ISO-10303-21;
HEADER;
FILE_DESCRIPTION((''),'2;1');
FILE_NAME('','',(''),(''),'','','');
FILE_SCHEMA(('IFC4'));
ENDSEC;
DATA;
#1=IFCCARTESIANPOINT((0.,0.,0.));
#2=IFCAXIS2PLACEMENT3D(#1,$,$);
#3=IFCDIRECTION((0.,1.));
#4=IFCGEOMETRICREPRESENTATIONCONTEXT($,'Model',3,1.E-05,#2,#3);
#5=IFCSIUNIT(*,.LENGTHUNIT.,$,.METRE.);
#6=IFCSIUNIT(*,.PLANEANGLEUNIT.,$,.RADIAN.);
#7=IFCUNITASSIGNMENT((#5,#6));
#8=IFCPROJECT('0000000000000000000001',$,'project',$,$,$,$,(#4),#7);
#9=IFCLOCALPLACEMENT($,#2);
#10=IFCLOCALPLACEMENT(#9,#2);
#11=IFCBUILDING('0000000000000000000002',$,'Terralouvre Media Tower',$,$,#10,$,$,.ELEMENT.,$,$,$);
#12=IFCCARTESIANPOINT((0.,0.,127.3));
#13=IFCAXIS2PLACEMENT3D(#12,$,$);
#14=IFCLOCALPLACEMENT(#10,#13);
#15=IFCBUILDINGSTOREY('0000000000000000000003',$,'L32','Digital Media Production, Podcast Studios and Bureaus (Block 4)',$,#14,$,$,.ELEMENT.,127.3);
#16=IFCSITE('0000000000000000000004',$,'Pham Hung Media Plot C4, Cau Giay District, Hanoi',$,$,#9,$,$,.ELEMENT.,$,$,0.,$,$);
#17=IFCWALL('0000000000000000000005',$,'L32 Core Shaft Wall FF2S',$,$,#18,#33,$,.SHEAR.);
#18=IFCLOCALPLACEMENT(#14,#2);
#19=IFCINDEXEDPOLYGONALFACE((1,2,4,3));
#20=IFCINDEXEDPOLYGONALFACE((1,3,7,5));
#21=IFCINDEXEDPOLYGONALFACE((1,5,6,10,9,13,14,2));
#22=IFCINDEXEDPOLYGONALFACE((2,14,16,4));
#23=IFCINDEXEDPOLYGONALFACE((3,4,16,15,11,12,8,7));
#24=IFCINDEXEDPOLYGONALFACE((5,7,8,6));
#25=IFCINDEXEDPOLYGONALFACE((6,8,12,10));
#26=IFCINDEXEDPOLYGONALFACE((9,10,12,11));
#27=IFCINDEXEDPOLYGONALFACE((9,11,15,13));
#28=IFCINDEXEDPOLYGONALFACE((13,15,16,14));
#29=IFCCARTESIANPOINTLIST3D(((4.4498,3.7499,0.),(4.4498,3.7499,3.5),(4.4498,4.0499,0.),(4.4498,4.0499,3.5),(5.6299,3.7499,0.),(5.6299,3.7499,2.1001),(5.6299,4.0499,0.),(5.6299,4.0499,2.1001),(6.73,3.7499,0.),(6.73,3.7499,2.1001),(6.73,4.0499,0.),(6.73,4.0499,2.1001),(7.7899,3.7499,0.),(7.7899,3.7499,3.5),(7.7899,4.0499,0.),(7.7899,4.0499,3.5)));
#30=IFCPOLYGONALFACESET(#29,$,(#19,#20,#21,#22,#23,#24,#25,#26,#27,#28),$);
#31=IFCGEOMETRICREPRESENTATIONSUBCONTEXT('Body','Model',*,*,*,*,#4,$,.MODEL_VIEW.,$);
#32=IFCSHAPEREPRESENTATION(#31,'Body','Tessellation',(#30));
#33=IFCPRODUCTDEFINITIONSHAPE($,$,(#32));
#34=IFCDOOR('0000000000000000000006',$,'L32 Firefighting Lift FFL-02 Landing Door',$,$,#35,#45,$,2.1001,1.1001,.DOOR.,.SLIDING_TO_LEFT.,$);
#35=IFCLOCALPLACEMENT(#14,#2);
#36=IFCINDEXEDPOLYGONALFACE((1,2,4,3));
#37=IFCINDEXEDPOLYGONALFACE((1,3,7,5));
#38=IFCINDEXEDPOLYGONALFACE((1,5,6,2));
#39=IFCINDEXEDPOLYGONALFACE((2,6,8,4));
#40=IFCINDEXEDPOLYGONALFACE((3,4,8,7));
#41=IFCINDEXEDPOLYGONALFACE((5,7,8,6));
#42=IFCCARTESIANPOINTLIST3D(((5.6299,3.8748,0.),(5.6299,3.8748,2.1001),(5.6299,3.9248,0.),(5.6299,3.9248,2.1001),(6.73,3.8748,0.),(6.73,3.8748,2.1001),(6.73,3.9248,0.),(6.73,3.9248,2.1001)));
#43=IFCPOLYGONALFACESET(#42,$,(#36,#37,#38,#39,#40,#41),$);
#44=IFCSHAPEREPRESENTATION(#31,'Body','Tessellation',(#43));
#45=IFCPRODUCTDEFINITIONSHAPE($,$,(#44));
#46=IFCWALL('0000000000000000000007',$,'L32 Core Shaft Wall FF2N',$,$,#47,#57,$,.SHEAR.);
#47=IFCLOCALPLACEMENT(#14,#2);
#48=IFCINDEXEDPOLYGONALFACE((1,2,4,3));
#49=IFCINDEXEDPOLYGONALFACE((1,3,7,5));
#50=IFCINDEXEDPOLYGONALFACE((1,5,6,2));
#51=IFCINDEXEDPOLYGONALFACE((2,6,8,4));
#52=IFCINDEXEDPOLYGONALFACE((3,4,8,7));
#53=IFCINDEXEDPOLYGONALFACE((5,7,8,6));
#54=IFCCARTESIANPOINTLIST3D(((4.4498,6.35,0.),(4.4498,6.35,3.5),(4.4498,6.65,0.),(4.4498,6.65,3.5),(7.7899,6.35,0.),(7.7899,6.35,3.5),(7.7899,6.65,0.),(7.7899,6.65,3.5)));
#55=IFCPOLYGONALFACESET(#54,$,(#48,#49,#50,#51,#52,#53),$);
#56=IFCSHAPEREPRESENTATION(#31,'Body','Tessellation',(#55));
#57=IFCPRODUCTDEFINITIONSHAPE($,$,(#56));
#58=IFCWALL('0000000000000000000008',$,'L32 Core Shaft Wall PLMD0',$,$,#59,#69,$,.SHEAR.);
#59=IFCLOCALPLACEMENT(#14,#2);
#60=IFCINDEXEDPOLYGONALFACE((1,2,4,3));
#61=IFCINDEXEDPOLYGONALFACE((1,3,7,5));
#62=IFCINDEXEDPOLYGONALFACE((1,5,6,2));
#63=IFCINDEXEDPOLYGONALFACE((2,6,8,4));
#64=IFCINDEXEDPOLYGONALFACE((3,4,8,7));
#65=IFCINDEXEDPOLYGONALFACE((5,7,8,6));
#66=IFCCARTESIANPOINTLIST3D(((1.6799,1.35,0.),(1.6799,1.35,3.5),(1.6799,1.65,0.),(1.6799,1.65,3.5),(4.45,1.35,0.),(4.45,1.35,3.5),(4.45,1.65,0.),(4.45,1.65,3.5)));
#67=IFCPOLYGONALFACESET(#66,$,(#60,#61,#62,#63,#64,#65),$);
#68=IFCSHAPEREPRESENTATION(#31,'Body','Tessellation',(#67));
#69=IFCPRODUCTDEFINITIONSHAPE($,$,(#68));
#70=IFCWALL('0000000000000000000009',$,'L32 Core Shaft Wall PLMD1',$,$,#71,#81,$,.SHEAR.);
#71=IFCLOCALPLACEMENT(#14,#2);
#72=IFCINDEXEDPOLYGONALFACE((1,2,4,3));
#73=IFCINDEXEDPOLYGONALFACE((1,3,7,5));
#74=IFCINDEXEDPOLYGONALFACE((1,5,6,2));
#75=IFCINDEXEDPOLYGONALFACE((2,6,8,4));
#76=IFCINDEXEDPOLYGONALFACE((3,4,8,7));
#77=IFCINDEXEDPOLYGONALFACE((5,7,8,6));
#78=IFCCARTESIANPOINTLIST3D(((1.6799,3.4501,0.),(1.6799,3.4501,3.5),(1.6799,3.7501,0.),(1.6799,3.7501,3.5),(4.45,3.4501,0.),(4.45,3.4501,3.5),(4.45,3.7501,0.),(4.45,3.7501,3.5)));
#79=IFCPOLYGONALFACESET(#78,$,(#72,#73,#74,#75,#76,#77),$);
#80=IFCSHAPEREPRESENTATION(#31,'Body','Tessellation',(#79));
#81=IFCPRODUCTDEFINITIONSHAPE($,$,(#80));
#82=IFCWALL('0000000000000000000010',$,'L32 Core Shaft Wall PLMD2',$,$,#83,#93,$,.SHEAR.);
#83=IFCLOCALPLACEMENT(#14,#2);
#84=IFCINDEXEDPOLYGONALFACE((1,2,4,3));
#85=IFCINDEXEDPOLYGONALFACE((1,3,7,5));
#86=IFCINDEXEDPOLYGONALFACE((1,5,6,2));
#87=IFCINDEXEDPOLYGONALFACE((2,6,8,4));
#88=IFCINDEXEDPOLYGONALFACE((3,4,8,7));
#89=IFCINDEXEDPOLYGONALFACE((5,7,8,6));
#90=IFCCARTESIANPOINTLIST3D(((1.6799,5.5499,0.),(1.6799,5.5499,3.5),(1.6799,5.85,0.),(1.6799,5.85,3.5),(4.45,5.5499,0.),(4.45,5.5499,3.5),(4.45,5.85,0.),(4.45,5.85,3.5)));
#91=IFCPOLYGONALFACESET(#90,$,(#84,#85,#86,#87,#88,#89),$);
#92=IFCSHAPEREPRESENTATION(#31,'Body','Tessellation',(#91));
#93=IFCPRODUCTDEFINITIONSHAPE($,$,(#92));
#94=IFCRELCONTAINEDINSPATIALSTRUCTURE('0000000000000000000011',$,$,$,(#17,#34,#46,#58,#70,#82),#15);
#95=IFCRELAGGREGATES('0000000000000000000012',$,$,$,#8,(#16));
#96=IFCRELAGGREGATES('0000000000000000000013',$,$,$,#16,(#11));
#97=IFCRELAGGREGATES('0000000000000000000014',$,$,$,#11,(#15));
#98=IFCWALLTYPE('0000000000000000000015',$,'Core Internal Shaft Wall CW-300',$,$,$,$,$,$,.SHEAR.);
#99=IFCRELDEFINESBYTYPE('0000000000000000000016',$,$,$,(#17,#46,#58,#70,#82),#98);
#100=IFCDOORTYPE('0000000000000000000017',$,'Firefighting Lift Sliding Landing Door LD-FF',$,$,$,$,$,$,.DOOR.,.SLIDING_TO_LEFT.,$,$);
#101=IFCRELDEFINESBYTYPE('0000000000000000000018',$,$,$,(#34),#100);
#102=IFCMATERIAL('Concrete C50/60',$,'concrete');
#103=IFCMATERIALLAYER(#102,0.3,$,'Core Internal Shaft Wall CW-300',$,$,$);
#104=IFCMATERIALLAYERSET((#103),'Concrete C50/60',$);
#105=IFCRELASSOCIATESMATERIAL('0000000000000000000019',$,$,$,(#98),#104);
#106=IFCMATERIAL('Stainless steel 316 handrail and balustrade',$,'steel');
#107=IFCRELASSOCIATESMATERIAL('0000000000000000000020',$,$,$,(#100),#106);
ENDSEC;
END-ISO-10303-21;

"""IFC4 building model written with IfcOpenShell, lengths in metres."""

from ifc_helpers import new_model, si_unit, direction, frame, frame_2d, origin, place, context, subcontext, project, spatial, rectangle, extrude, material, layer, layer_set, type_object, element, fill, save


model = new_model("IFC4")

# Units and contexts
model_context = context("Model", 3, precision=1e-05, world=origin(), true_north=direction((0.0, 1.0)))
body_context = subcontext(model_context, "Body", "Model", "MODEL_VIEW")
ifc_project = project(units=[si_unit("LENGTHUNIT", "METRE"), si_unit("PLANEANGLEUNIT", "RADIAN")], contexts=[model_context])

# Site, building, storey
site_placement = place(None, origin())
site = spatial("IfcSite", under=ifc_project, at=site_placement, Name="Pham Hung Media Plot C4, Cau Giay District, Hanoi", CompositionType="ELEMENT", RefElevation=0.0)
building_placement = place(site_placement, origin())
building = spatial("IfcBuilding", under=site, at=building_placement, Name="Terralouvre Media Tower", CompositionType="ELEMENT")
storey_placement = place(building_placement, frame((0.0, 0.0, 127.3)))
storey = spatial("IfcBuildingStorey", under=building, at=storey_placement, Name="L32", Description="Digital Media Production, Podcast Studios and Bureaus (Block 4)", CompositionType="ELEMENT", Elevation=127.3)

# Wall, opening, door
ifc_material_1 = material(Name="Concrete C50/60", Category="concrete")
ifc_layer_1 = layer(ifc_material_1, 0.3, Name="Core Internal Shaft Wall CW-300")
ifc_layer_set_1 = layer_set([ifc_layer_1], Name="Concrete C50/60")
wall_type = type_object("IfcWallType", Name="Core Internal Shaft Wall CW-300", PredefinedType="SHEAR", material=ifc_layer_set_1)
wall_1_placement = place(storey_placement, frame((4.45, 3.8999, 0.0), z_axis=(0.0, 0.0, 1.0), x_axis=(1.0, 0.0, 0.0)))
wall_1 = element("IfcWall", 1, at=wall_1_placement, inside=storey, type_object=wall_type, Name="L32 Core Shaft Wall FF2S", PredefinedType="SHEAR", context=body_context, shape_type="SweptSolid", body=[
    extrude(rectangle(XDim=3.3401, YDim=0.3, at=frame_2d((1.6699, 0.0))), origin(), (0.0, 0.0, 1.0), 3.5),
])
opening_placement = place(wall_1_placement, frame((1.1799, 0.0, 0.0)))
opening = element("IfcOpeningElement", 2, at=opening_placement, cuts=wall_1, PredefinedType="OPENING", context=body_context, shape_type="SweptSolid", body=[
    extrude(rectangle(XDim=1.1001, YDim=2.1001, at=frame_2d((0.55, 1.05))), frame((0.0, 0.1599, 0.0), z_axis=(0.0, -1.0, 0.0), x_axis=(1.0, 0.0, 0.0)), (0.0, 0.0, 1.0), 0.3201),
])
ifc_material_2 = material(Name="Stainless steel 316 handrail and balustrade", Category="steel")
door_type = type_object("IfcDoorType", Name="Firefighting Lift Sliding Landing Door LD-FF", OperationType="SLIDING_TO_LEFT", PredefinedType="DOOR", material=ifc_material_2)
door_placement = place(opening_placement, origin())
door = element("IfcDoor", 3, at=door_placement, inside=storey, type_object=door_type, Name="L32 Firefighting Lift FFL-02 Landing Door", OperationType="SLIDING_TO_LEFT", OverallHeight=2.1001, OverallWidth=1.1001, PredefinedType="DOOR", context=body_context, shape_type="SweptSolid", body=[
    extrude(rectangle(XDim=1.1001, YDim=2.1001, at=frame_2d((0.55, 1.05))), frame((0.0, 0.0249, 0.0), z_axis=(0.0, -1.0, 0.0), x_axis=(1.0, 0.0, 0.0)), (0.0, 0.0, 1.0), 0.05),
])
fill(opening, door)

# Walls
wall_2_placement = place(storey_placement, frame((4.45, 6.5, 0.0), z_axis=(0.0, 0.0, 1.0), x_axis=(1.0, 0.0, 0.0)))
element("IfcWall", 4, at=wall_2_placement, inside=storey, type_object=wall_type, Name="L32 Core Shaft Wall FF2N", PredefinedType="SHEAR", context=body_context, shape_type="SweptSolid", body=[
    extrude(rectangle(XDim=3.3401, YDim=0.3, at=frame_2d((1.6699, 0.0))), origin(), (0.0, 0.0, 1.0), 3.5),
])
for number, where, z_axis, x_axis, name in (
    (5, (1.6799, 1.5, 0.0), (0.0, 0.0, 1.0), (1.0, 0.0, 0.0), "L32 Core Shaft Wall PLMD0"),
    (6, (1.6799, 3.6001, 0.0), (0.0, 0.0, 1.0), (1.0, 0.0, 0.0), "L32 Core Shaft Wall PLMD1"),
    (7, (1.6799, 5.7, 0.0), (0.0, 0.0, 1.0), (1.0, 0.0, 0.0), "L32 Core Shaft Wall PLMD2"),
):
    element("IfcWall", number, at=place(storey_placement, frame(where, z_axis=z_axis, x_axis=x_axis)), inside=storey, type_object=wall_type, Name=name, PredefinedType="SHEAR", context=body_context, shape_type="SweptSolid", body=[
        extrude(rectangle(XDim=2.77, YDim=0.3, at=frame_2d((1.385, 0.0))), origin(), (0.0, 0.0, 1.0), 3.5),
    ])

save(model, "model.ifc")
